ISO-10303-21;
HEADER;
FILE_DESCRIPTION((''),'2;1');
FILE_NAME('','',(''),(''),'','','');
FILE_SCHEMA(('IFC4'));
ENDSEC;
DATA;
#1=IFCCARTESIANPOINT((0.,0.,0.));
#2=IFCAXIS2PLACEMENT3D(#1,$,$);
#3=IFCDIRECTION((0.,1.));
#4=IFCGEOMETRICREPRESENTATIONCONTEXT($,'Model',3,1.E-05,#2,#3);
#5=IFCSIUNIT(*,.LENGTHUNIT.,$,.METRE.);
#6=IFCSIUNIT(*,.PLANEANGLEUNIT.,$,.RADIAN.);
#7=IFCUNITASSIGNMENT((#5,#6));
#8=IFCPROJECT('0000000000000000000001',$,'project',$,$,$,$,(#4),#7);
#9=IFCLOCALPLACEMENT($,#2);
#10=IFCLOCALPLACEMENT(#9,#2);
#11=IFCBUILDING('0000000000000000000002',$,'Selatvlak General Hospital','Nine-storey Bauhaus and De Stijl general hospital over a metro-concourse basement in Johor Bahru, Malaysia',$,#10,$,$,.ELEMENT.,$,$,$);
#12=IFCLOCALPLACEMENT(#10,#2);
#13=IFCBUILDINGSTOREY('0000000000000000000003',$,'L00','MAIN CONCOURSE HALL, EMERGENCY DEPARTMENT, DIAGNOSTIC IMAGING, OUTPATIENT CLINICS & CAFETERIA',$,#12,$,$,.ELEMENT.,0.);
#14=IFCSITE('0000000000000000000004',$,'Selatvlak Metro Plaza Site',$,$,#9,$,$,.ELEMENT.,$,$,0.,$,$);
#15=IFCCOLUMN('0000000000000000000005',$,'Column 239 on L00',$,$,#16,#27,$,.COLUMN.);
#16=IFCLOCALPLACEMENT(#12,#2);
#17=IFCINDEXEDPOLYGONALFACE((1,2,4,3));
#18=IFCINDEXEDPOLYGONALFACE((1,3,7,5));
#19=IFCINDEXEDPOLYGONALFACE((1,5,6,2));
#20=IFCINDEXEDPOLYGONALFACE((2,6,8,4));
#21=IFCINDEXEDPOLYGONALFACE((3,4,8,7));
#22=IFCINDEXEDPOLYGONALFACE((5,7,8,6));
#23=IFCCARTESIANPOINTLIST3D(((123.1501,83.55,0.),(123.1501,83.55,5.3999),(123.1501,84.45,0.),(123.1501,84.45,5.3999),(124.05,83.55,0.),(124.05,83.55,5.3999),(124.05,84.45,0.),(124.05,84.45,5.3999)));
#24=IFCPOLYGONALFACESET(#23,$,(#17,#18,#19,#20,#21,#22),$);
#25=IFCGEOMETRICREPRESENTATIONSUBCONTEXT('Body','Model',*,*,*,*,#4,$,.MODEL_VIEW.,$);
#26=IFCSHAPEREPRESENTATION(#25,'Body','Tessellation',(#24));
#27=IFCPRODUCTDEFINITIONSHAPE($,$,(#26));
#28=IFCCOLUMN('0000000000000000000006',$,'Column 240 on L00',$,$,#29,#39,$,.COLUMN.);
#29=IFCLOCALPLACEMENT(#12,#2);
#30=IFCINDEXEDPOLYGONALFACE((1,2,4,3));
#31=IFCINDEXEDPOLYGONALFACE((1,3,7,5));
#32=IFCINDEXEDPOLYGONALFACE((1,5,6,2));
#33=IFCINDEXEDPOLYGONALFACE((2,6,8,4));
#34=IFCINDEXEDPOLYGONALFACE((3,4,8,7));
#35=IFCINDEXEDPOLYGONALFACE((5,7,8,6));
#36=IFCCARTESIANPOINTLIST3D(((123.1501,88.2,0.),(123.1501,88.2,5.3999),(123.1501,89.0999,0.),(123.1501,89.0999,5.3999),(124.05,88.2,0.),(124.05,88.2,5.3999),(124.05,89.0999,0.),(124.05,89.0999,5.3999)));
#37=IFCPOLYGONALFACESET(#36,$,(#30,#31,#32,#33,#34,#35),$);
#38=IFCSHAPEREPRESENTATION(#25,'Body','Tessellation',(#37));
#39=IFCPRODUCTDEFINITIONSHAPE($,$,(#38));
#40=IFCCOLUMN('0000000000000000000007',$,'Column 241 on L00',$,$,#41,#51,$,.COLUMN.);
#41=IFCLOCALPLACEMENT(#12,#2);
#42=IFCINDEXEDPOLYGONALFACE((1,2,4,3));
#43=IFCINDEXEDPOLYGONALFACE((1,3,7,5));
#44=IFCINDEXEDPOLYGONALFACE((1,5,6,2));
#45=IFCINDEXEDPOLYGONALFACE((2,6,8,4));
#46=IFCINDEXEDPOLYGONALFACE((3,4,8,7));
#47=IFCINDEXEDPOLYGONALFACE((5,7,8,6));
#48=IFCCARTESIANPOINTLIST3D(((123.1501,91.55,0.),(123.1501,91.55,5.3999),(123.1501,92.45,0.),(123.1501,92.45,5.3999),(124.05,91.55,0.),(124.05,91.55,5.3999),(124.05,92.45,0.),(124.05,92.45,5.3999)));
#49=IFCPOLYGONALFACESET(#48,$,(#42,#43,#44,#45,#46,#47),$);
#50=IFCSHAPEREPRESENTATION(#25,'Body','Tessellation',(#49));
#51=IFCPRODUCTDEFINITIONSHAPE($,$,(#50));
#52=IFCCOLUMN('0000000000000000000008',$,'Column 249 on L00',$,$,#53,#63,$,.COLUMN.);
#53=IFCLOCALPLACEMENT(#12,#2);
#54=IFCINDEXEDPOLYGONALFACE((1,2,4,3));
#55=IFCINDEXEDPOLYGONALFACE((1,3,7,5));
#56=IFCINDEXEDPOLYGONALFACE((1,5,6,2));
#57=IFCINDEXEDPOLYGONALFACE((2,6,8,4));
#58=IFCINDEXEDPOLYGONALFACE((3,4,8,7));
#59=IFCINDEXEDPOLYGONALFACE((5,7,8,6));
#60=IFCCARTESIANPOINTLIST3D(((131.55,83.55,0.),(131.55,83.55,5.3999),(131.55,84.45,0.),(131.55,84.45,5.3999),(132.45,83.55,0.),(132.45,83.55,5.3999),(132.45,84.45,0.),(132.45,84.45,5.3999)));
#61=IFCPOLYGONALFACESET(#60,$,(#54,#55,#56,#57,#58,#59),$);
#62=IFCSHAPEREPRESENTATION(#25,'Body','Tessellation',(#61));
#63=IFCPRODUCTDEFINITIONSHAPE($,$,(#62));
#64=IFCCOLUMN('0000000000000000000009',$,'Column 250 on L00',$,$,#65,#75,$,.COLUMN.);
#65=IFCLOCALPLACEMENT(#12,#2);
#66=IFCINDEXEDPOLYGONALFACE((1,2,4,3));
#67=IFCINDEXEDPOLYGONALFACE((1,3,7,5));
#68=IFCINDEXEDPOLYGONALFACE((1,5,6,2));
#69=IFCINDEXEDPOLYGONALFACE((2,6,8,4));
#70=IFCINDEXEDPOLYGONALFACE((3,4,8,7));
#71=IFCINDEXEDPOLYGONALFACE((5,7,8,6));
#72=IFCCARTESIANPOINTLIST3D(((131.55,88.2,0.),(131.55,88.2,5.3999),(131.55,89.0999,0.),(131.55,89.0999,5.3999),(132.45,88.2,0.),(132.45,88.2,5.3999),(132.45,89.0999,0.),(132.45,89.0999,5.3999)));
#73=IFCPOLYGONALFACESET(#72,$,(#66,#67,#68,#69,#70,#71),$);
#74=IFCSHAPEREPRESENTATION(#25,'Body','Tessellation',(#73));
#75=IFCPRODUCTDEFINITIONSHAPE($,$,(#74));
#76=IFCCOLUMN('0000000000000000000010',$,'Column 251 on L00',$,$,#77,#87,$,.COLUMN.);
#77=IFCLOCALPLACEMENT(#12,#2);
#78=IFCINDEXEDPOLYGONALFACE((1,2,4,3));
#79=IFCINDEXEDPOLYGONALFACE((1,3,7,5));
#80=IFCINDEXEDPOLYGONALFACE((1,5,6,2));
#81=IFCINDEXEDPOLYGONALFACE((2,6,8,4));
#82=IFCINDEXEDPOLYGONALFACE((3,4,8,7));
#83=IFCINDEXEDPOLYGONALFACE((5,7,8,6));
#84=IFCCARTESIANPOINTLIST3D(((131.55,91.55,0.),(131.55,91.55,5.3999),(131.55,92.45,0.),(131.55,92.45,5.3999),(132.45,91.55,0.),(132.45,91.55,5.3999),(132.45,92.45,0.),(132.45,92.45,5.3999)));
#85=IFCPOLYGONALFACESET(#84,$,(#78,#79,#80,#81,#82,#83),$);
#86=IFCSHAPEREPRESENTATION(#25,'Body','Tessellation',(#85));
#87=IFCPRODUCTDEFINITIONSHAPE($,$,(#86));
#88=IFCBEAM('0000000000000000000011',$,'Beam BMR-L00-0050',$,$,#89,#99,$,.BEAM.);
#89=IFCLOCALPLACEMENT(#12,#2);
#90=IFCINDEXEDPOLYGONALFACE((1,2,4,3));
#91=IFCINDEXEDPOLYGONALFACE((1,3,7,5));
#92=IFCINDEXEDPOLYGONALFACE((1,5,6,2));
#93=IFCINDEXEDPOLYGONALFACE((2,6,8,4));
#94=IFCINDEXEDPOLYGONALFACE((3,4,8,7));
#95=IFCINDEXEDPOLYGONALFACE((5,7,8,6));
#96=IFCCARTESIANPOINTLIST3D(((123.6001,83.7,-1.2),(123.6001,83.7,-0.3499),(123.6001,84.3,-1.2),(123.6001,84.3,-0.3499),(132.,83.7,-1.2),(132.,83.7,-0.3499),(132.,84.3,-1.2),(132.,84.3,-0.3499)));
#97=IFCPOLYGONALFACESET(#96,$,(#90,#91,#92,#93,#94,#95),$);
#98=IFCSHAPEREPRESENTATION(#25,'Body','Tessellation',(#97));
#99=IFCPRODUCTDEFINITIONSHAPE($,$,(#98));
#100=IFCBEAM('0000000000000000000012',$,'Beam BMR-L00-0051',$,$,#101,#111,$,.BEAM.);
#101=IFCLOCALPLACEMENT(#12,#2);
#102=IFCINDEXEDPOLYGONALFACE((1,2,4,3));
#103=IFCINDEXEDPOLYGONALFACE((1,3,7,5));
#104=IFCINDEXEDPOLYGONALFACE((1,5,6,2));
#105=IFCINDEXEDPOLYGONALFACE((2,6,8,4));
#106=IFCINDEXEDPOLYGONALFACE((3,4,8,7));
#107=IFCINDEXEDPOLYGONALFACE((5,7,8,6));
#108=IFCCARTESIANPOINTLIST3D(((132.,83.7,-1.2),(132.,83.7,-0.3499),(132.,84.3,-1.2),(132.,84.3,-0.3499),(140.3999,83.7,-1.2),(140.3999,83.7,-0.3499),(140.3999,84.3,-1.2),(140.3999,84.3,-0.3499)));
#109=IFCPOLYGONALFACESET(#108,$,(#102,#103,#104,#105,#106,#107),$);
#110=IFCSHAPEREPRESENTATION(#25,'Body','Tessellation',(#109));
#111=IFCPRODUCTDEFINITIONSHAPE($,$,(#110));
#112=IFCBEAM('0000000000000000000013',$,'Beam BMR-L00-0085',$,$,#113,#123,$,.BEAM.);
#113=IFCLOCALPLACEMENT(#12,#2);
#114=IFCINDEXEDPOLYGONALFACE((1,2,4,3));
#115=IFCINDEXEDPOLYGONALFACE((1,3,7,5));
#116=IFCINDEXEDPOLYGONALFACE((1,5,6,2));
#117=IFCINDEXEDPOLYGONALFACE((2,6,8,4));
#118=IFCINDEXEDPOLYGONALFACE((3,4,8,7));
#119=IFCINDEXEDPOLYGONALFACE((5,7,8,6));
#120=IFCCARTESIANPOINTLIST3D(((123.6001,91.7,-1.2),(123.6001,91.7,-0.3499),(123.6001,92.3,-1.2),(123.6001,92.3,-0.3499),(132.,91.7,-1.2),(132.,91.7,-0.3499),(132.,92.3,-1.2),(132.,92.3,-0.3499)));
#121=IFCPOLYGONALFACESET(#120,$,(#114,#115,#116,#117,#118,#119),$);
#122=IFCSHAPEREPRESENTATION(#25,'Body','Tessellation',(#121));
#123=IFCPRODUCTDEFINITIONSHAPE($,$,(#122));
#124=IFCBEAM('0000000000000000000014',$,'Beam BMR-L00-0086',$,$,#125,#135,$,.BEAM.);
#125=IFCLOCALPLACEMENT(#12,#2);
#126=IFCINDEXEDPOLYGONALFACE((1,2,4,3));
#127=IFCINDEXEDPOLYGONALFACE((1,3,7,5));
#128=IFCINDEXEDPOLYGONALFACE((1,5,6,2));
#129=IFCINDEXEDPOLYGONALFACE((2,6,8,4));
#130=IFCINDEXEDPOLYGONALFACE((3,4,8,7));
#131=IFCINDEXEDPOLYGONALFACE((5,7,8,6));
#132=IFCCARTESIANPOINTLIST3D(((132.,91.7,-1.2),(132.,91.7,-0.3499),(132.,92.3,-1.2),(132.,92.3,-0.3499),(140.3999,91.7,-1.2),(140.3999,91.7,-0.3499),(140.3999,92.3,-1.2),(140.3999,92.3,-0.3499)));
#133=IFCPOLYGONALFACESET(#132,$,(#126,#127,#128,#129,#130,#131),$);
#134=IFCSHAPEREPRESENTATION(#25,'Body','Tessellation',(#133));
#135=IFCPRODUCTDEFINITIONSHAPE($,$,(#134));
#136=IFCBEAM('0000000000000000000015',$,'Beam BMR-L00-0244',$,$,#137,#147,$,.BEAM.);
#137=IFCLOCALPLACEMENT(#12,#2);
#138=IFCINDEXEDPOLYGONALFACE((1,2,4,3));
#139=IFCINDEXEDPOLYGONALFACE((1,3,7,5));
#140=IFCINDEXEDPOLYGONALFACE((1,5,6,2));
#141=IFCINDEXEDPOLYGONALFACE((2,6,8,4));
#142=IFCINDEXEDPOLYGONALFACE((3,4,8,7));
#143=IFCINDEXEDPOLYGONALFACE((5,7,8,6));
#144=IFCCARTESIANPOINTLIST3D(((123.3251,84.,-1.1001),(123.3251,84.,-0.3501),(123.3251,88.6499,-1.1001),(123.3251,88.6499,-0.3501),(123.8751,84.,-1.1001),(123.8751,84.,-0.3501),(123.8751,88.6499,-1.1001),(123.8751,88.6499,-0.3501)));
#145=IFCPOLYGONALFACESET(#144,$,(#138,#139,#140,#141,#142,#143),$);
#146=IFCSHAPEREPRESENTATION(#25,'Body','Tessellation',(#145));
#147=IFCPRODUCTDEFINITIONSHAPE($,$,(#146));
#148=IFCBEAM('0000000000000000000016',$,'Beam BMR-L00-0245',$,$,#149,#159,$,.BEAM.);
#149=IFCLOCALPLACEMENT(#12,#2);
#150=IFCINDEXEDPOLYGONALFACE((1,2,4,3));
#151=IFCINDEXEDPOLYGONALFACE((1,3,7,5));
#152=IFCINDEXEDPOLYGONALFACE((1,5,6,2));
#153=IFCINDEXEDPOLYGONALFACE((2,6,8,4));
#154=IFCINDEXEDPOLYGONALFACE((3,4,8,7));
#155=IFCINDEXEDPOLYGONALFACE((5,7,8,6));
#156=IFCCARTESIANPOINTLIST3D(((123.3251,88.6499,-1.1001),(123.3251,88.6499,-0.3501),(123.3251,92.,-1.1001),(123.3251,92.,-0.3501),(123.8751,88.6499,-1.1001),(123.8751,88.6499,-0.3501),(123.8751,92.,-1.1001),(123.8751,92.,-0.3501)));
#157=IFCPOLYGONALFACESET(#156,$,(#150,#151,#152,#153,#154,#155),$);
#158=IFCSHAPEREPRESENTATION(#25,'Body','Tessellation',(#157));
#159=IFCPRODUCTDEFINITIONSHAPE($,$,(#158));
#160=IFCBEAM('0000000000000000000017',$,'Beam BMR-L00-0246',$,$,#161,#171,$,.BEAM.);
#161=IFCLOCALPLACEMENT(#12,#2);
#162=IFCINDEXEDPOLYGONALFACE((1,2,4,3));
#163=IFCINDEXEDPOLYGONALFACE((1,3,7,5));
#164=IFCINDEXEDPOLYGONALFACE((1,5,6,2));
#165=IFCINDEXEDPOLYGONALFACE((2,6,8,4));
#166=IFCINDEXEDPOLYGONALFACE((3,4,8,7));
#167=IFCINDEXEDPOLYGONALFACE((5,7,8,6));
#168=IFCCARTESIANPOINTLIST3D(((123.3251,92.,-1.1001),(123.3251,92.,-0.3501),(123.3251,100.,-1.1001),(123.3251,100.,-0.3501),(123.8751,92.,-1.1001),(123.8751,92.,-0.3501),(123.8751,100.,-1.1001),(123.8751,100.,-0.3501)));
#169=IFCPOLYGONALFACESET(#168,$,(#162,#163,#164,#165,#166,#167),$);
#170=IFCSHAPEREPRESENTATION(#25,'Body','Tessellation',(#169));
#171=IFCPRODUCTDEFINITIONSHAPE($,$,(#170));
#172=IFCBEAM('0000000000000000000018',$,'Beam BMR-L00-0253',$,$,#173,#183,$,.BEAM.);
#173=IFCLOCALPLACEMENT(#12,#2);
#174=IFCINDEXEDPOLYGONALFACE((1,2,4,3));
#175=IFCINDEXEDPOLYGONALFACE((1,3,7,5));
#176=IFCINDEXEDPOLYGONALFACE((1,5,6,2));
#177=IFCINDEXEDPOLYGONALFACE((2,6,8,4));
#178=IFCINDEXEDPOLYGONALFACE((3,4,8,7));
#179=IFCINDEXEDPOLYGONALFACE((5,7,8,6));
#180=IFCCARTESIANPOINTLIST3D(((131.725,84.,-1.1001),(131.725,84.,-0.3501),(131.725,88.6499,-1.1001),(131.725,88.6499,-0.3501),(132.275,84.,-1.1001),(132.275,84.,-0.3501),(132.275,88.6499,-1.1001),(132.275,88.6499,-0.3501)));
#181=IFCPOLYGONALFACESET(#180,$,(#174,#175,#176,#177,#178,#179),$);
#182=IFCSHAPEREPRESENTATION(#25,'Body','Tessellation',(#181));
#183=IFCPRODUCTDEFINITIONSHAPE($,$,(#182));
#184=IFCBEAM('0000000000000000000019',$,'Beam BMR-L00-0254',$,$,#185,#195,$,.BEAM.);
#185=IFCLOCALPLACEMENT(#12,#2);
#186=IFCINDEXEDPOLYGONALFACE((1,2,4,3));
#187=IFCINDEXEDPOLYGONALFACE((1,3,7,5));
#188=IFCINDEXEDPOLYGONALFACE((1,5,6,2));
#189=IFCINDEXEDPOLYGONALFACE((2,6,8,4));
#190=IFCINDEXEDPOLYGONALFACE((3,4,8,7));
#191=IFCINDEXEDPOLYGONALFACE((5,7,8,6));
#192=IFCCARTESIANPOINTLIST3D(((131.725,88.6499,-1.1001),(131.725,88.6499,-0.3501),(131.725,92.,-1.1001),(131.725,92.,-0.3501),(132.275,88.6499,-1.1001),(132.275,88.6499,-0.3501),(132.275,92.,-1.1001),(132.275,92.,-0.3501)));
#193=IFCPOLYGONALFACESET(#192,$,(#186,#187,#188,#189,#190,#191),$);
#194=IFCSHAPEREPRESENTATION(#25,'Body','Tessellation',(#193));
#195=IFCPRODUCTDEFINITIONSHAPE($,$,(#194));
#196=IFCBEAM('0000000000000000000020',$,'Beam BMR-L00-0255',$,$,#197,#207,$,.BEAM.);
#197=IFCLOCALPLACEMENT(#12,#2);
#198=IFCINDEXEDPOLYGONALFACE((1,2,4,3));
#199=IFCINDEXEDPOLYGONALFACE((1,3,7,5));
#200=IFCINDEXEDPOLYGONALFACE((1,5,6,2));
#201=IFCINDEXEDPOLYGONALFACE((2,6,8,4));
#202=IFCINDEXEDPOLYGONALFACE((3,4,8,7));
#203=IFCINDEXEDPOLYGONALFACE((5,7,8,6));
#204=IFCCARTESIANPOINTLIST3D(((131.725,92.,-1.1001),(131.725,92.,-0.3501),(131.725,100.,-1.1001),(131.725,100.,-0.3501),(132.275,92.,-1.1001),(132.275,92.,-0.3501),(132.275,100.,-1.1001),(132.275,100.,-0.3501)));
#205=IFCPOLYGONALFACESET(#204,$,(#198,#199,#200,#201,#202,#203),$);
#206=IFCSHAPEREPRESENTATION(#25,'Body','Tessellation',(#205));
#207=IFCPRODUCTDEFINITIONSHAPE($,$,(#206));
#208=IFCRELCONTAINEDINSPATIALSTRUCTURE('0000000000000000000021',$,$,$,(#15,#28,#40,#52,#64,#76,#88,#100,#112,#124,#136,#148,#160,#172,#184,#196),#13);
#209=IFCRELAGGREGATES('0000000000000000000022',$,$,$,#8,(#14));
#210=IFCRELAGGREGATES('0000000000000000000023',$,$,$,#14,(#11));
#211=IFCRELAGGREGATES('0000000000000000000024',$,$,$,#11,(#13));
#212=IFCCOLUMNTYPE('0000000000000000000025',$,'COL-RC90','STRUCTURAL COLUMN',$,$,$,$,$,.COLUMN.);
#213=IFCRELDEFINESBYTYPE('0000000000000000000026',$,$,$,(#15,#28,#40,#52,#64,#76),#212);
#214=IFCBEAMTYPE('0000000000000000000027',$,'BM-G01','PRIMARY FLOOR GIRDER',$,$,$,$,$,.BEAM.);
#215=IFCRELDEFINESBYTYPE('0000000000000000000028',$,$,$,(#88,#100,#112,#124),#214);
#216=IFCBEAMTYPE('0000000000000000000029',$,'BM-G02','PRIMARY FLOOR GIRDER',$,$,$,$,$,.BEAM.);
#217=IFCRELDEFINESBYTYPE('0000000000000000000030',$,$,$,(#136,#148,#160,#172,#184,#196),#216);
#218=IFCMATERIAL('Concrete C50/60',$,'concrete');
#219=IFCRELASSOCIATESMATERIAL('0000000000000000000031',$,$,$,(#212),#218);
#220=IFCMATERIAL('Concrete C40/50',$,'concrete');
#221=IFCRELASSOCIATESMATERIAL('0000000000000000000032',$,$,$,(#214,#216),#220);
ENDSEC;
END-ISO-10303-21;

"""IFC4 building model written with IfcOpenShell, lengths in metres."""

from ifc_helpers import new_model, si_unit, direction, frame, origin, origin_2d, place, context, subcontext, project, spatial, rectangle, extrude, material, material_profile, profile_set, type_object, element, save


model = new_model("IFC4")

# Units and contexts
model_context = context("Model", 3, precision=1e-05, world=origin(), true_north=direction((0.0, 1.0)))
body_context = subcontext(model_context, "Body", "Model", "MODEL_VIEW")
ifc_project = project(units=[si_unit("LENGTHUNIT", "METRE"), si_unit("PLANEANGLEUNIT", "RADIAN")], contexts=[model_context])

# Site, building, storey
site_placement = place(None, origin())
site = spatial("IfcSite", under=ifc_project, at=site_placement, Name="Selatvlak Metro Plaza Site", CompositionType="ELEMENT", RefElevation=0.0)
building_placement = place(site_placement, origin())
building = spatial("IfcBuilding", under=site, at=building_placement, Name="Selatvlak General Hospital", Description="Nine-storey Bauhaus and De Stijl general hospital over a metro-concourse basement in Johor Bahru, Malaysia", CompositionType="ELEMENT")
storey_placement = place(building_placement, origin())
storey = spatial("IfcBuildingStorey", under=building, at=storey_placement, Name="L00", Description="MAIN CONCOURSE HALL, EMERGENCY DEPARTMENT, DIAGNOSTIC IMAGING, OUTPATIENT CLINICS & CAFETERIA", CompositionType="ELEMENT", Elevation=0.0)

# Columns
ifc_material_1 = material(Name="Concrete C50/60", Category="concrete")
ifc_material_profile_1 = material_profile(ifc_material_1, rectangle(XDim=0.8999, YDim=0.8999, at=origin_2d()), Name="RC-COL 900x900")
ifc_profile_set_1 = profile_set([ifc_material_profile_1], Name="Concrete C50/60")
column_type = type_object("IfcColumnType", Name="COL-RC90", Description="STRUCTURAL COLUMN", PredefinedType="COLUMN", material=ifc_profile_set_1)
for number, where, z_axis, x_axis, name in (
    (1, (123.6001, 84.0, 0.0), (0.0, 0.0, 1.0), (1.0, 0.0, 0.0), "Column 239 on L00"),
    (2, (123.6001, 88.6499, 0.0), (0.0, 0.0, 1.0), (1.0, 0.0, 0.0), "Column 240 on L00"),
    (3, (123.6001, 92.0, 0.0), (0.0, 0.0, 1.0), (1.0, 0.0, 0.0), "Column 241 on L00"),
    (4, (132.0, 84.0, 0.0), (0.0, 0.0, 1.0), (1.0, 0.0, 0.0), "Column 249 on L00"),
    (5, (132.0, 88.6499, 0.0), (0.0, 0.0, 1.0), (1.0, 0.0, 0.0), "Column 250 on L00"),
    (6, (132.0, 92.0, 0.0), (0.0, 0.0, 1.0), (1.0, 0.0, 0.0), "Column 251 on L00"),
):
    element("IfcColumn", number, at=place(storey_placement, frame(where, z_axis=z_axis, x_axis=x_axis)), inside=storey, type_object=column_type, Name=name, PredefinedType="COLUMN", context=body_context, shape_type="SweptSolid", body=[
        extrude(rectangle(XDim=0.8999, YDim=0.8999, at=origin_2d()), origin(), (0.0, 0.0, 1.0), 5.3999),
    ])

# Beams
ifc_material_2 = material(Name="Concrete C40/50", Category="concrete")
ifc_material_profile_2 = material_profile(ifc_material_2, rectangle(XDim=0.6001, YDim=0.8501, at=origin_2d()), Name="RC-BM 600x850")
ifc_profile_set_2 = profile_set([ifc_material_profile_2], Name="Concrete C40/50")
beam_type_1 = type_object("IfcBeamType", Name="BM-G01", Description="PRIMARY FLOOR GIRDER", PredefinedType="BEAM", material=ifc_profile_set_2)
for number, where, z_axis, x_axis, name in (
    (7, (123.6001, 84.0, -0.7749), (1.0, 0.0, 0.0), (0.0, 1.0, 0.0), "Beam BMR-L00-0050"),
    (8, (132.0, 84.0, -0.7749), (1.0, 0.0, 0.0), (0.0, 1.0, 0.0), "Beam BMR-L00-0051"),
    (9, (123.6001, 92.0, -0.7749), (1.0, 0.0, 0.0), (0.0, 1.0, 0.0), "Beam BMR-L00-0085"),
    (10, (132.0, 92.0, -0.7749), (1.0, 0.0, 0.0), (0.0, 1.0, 0.0), "Beam BMR-L00-0086"),
):
    element("IfcBeam", number, at=place(storey_placement, frame(where, z_axis=z_axis, x_axis=x_axis)), inside=storey, type_object=beam_type_1, Name=name, PredefinedType="BEAM", context=body_context, shape_type="SweptSolid", body=[
        extrude(rectangle(XDim=0.6001, YDim=0.8501, at=origin_2d()), origin(), (0.0, 0.0, 1.0), 8.3999),
    ])
ifc_material_profile_3 = material_profile(ifc_material_2, rectangle(XDim=0.55, YDim=0.75, at=origin_2d()), Name="RC-BM 550x750")
ifc_profile_set_3 = profile_set([ifc_material_profile_3], Name="Concrete C40/50")
beam_type_2 = type_object("IfcBeamType", Name="BM-G02", Description="PRIMARY FLOOR GIRDER", PredefinedType="BEAM", material=ifc_profile_set_3)
beam_1_placement = place(storey_placement, frame((123.6001, 84.0, -0.7251), z_axis=(0.0, 1.0, 0.0), x_axis=(-1.0, 0.0, 0.0)))
element("IfcBeam", 11, at=beam_1_placement, inside=storey, type_object=beam_type_2, Name="Beam BMR-L00-0244", PredefinedType="BEAM", context=body_context, shape_type="SweptSolid", body=[
    extrude(rectangle(XDim=0.55, YDim=0.75, at=origin_2d()), origin(), (0.0, 0.0, 1.0), 4.6499),
])
beam_2_placement = place(storey_placement, frame((123.6001, 88.6499, -0.7251), z_axis=(0.0, 1.0, 0.0), x_axis=(-1.0, 0.0, 0.0)))
element("IfcBeam", 12, at=beam_2_placement, inside=storey, type_object=beam_type_2, Name="Beam BMR-L00-0245", PredefinedType="BEAM", context=body_context, shape_type="SweptSolid", body=[
    extrude(rectangle(XDim=0.55, YDim=0.75, at=origin_2d()), origin(), (0.0, 0.0, 1.0), 3.3501),
])
beam_3_placement = place(storey_placement, frame((123.6001, 92.0, -0.7251), z_axis=(0.0, 1.0, 0.0), x_axis=(-1.0, 0.0, 0.0)))
element("IfcBeam", 13, at=beam_3_placement, inside=storey, type_object=beam_type_2, Name="Beam BMR-L00-0246", PredefinedType="BEAM", context=body_context, shape_type="SweptSolid", body=[
    extrude(rectangle(XDim=0.55, YDim=0.75, at=origin_2d()), origin(), (0.0, 0.0, 1.0), 8.0),
])
beam_4_placement = place(storey_placement, frame((132.0, 84.0, -0.7251), z_axis=(0.0, 1.0, 0.0), x_axis=(-1.0, 0.0, 0.0)))
element("IfcBeam", 14, at=beam_4_placement, inside=storey, type_object=beam_type_2, Name="Beam BMR-L00-0253", PredefinedType="BEAM", context=body_context, shape_type="SweptSolid", body=[
    extrude(rectangle(XDim=0.55, YDim=0.75, at=origin_2d()), origin(), (0.0, 0.0, 1.0), 4.6499),
])
beam_5_placement = place(storey_placement, frame((132.0, 88.6499, -0.7251), z_axis=(0.0, 1.0, 0.0), x_axis=(-1.0, 0.0, 0.0)))
element("IfcBeam", 15, at=beam_5_placement, inside=storey, type_object=beam_type_2, Name="Beam BMR-L00-0254", PredefinedType="BEAM", context=body_context, shape_type="SweptSolid", body=[
    extrude(rectangle(XDim=0.55, YDim=0.75, at=origin_2d()), origin(), (0.0, 0.0, 1.0), 3.3501),
])
beam_6_placement = place(storey_placement, frame((132.0, 92.0, -0.7251), z_axis=(0.0, 1.0, 0.0), x_axis=(-1.0, 0.0, 0.0)))
element("IfcBeam", 16, at=beam_6_placement, inside=storey, type_object=beam_type_2, Name="Beam BMR-L00-0255", PredefinedType="BEAM", context=body_context, shape_type="SweptSolid", body=[
    extrude(rectangle(XDim=0.55, YDim=0.75, at=origin_2d()), origin(), (0.0, 0.0, 1.0), 8.0),
])

save(model, "model.ifc")
